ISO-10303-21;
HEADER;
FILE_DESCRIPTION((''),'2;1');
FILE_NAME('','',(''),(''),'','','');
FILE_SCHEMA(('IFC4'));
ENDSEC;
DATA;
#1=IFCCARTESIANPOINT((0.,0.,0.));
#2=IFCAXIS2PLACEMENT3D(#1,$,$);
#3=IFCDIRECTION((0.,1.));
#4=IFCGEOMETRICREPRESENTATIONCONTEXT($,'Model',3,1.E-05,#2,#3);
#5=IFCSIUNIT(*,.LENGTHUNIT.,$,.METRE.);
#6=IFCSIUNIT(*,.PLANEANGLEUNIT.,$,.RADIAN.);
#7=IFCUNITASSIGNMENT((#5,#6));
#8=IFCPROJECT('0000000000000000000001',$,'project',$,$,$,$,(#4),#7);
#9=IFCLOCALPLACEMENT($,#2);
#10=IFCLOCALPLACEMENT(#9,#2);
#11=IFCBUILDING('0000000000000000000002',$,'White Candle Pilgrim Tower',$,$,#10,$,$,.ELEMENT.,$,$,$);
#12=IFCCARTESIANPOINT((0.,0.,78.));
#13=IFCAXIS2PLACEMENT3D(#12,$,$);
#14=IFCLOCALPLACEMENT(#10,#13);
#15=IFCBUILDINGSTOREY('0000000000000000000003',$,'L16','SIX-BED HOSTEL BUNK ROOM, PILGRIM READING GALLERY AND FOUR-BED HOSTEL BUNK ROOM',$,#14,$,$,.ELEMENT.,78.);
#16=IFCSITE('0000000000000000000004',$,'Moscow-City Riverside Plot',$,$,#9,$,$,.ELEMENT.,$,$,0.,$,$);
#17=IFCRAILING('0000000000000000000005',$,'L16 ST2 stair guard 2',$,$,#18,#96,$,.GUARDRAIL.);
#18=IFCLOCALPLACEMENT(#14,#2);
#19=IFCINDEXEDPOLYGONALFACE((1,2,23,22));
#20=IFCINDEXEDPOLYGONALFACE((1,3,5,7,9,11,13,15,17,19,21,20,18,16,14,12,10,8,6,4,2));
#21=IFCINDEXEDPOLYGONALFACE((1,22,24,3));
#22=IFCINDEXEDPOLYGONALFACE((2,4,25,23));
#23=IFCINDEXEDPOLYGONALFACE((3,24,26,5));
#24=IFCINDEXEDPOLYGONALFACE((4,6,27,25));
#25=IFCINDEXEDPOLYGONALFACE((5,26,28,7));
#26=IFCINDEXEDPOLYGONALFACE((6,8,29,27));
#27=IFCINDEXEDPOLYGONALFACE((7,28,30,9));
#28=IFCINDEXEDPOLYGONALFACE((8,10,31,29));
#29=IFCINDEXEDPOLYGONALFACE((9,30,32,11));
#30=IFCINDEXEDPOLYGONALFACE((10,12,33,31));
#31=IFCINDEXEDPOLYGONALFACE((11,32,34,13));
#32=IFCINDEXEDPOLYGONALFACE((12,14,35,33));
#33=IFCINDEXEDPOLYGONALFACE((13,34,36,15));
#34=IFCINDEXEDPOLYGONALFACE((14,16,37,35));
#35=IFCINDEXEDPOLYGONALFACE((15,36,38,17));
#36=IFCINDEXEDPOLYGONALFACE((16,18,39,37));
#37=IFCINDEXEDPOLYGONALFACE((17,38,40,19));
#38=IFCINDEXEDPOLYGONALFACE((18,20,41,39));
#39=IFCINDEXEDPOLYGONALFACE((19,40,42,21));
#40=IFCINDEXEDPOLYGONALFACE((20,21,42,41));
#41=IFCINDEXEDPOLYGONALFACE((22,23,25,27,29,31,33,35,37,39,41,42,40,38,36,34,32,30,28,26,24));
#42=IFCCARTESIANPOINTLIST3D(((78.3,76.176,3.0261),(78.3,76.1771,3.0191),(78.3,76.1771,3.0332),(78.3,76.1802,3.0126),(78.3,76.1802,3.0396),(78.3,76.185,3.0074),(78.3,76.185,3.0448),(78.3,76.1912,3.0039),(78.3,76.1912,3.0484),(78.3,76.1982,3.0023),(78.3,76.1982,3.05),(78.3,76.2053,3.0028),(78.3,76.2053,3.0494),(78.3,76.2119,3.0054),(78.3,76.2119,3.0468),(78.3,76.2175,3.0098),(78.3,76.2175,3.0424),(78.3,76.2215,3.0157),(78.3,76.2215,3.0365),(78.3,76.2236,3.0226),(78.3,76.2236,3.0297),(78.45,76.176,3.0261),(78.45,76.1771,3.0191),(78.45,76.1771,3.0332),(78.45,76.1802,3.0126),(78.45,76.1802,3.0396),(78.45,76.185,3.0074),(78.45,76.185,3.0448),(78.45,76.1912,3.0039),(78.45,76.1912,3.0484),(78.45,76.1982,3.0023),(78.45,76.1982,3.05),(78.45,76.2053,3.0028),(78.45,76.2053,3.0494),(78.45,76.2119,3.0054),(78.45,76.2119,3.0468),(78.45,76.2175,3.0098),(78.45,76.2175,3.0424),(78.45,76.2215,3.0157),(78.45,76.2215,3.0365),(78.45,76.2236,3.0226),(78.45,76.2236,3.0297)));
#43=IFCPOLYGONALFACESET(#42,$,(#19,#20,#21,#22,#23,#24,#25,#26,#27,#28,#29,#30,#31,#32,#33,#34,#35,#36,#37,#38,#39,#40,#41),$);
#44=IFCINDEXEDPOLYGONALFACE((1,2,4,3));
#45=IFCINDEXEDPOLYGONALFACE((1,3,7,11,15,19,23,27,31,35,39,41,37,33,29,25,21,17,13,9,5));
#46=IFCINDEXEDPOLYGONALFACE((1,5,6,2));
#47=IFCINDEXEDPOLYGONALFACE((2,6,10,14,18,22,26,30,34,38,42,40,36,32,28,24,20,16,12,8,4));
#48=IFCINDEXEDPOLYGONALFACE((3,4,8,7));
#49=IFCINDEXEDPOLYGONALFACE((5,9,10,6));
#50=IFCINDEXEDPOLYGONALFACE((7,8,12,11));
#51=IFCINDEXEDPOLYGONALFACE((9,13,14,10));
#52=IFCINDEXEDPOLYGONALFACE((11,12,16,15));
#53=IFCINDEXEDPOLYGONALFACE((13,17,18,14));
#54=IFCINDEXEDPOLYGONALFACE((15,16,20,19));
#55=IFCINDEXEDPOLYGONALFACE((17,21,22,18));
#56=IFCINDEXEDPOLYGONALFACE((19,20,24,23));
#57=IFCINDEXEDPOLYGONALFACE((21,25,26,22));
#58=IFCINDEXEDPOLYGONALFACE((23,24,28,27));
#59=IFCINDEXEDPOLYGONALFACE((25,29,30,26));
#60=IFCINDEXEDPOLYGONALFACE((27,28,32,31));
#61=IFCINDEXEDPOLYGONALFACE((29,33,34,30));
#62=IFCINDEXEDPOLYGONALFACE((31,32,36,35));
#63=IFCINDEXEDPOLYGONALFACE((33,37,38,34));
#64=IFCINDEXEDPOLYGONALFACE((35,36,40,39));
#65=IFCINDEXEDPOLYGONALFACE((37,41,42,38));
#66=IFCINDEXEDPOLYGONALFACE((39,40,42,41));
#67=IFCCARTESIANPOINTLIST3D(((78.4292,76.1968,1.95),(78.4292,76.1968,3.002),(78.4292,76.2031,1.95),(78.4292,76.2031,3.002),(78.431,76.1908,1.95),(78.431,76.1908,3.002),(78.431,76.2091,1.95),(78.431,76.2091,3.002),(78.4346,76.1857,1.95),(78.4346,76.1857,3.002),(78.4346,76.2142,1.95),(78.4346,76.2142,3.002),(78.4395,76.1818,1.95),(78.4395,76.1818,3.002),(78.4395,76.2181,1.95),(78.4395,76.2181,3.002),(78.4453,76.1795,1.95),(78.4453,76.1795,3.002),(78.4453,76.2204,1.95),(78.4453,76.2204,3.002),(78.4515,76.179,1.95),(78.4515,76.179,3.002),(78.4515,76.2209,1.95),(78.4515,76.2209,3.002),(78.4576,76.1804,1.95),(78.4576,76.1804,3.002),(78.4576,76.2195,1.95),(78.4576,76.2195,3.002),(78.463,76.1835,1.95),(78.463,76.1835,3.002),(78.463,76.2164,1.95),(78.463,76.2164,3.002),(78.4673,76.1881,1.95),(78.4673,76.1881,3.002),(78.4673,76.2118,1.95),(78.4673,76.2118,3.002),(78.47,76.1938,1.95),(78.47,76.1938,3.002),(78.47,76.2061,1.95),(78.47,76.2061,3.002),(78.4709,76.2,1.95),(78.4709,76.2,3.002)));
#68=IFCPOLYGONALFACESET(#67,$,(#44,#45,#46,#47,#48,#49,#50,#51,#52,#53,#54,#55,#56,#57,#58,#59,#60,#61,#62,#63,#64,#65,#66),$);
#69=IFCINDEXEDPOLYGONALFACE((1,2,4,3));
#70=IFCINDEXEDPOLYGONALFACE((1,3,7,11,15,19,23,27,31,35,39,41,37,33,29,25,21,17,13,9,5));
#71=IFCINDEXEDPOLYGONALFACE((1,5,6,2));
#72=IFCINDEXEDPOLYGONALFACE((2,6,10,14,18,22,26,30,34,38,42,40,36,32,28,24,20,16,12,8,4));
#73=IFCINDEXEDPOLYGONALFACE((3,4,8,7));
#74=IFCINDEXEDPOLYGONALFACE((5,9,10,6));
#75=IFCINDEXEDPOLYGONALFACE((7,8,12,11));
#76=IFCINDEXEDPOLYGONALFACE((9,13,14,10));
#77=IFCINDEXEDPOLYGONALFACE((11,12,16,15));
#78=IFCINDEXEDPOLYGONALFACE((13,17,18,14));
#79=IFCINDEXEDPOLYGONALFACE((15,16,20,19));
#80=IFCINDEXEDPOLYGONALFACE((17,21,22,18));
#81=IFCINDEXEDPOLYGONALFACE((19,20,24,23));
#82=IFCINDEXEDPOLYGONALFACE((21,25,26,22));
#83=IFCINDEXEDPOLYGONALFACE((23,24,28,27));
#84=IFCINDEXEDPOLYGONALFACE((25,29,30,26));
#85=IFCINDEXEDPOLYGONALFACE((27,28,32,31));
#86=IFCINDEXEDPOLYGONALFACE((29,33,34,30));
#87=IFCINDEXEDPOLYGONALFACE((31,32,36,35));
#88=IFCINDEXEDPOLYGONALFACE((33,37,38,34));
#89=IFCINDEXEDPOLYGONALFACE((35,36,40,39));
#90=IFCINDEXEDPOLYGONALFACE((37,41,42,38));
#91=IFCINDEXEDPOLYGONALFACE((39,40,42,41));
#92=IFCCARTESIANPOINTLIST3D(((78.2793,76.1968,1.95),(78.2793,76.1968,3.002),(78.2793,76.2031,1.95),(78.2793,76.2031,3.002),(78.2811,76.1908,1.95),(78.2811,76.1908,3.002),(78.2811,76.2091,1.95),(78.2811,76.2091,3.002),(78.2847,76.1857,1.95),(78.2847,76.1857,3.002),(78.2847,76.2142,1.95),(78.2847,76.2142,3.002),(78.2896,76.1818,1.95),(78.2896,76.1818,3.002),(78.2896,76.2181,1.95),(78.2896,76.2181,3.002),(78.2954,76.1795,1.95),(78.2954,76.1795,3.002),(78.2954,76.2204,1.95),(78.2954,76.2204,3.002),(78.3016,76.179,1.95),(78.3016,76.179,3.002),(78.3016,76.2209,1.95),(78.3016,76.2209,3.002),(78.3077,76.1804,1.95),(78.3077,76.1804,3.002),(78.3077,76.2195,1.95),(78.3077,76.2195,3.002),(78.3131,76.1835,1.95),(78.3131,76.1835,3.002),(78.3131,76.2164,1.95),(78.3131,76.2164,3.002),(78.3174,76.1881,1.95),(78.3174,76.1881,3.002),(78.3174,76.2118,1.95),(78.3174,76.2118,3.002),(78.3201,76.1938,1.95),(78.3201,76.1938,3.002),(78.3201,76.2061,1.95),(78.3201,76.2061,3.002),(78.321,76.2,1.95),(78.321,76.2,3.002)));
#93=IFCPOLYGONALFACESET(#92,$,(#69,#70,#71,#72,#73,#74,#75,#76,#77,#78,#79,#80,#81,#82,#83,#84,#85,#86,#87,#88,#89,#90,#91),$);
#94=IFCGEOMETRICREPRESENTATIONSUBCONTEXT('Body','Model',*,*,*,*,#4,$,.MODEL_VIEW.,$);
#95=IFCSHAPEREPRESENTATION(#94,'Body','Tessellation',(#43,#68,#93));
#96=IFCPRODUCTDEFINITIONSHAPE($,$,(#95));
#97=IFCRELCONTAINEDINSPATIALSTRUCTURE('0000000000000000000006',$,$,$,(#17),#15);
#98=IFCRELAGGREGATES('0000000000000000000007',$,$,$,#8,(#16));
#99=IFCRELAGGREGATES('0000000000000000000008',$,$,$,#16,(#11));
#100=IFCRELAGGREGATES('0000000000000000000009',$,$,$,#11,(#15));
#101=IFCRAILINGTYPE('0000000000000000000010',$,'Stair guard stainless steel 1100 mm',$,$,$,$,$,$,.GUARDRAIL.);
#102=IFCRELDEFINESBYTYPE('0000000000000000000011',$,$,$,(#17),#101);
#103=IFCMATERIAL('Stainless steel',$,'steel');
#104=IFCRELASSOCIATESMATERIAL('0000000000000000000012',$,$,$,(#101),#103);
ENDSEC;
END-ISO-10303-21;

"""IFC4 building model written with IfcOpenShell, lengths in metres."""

from ifc_helpers import new_model, si_unit, direction, frame, origin, origin_2d, place, context, subcontext, project, spatial, circle, extrude, material, type_object, element, save


model = new_model("IFC4")

# Units and contexts
model_context = context("Model", 3, precision=1e-05, world=origin(), true_north=direction((0.0, 1.0)))
body_context = subcontext(model_context, "Body", "Model", "MODEL_VIEW")
ifc_project = project(units=[si_unit("LENGTHUNIT", "METRE"), si_unit("PLANEANGLEUNIT", "RADIAN")], contexts=[model_context])

# Site, building, storey
site_placement = place(None, origin())
site = spatial("IfcSite", under=ifc_project, at=site_placement, Name="Moscow-City Riverside Plot", CompositionType="ELEMENT", RefElevation=0.0)
building_placement = place(site_placement, origin())
building = spatial("IfcBuilding", under=site, at=building_placement, Name="White Candle Pilgrim Tower", CompositionType="ELEMENT")
storey_placement = place(building_placement, frame((0.0, 0.0, 78.0)))
storey = spatial("IfcBuildingStorey", under=building, at=storey_placement, Name="L16", Description="SIX-BED HOSTEL BUNK ROOM, PILGRIM READING GALLERY AND FOUR-BED HOSTEL BUNK ROOM", CompositionType="ELEMENT", Elevation=78.0)

# Railing
ifc_material_1 = material(Name="Stainless steel", Category="steel")
railing_type = type_object("IfcRailingType", Name="Stair guard stainless steel 1100 mm", PredefinedType="GUARDRAIL", material=ifc_material_1)
railing_1_placement = place(storey_placement, frame((78.45, 76.2, 1.95)))
element("IfcRailing", 1, at=railing_1_placement, inside=storey, type_object=railing_type, Name="L16 ST2 stair guard 2", PredefinedType="GUARDRAIL", context=body_context, shape_type="SweptSolid", body=[
    extrude(circle(Radius=0.0239, at=origin_2d()), frame((0.0, 0.0, 1.0762), z_axis=(-1.0, 0.0, 0.0), x_axis=(0.0, -1.0, 0.0)), (0.0, 0.0, 1.0), 0.1499),
    extrude(circle(Radius=0.021, at=origin_2d()), origin(), (0.0, 0.0, 1.0), 1.052),
    extrude(circle(Radius=0.021, at=origin_2d()), frame((-0.1499, 0.0, 0.0)), (0.0, 0.0, 1.0), 1.052),
])

save(model, "model.ifc")
